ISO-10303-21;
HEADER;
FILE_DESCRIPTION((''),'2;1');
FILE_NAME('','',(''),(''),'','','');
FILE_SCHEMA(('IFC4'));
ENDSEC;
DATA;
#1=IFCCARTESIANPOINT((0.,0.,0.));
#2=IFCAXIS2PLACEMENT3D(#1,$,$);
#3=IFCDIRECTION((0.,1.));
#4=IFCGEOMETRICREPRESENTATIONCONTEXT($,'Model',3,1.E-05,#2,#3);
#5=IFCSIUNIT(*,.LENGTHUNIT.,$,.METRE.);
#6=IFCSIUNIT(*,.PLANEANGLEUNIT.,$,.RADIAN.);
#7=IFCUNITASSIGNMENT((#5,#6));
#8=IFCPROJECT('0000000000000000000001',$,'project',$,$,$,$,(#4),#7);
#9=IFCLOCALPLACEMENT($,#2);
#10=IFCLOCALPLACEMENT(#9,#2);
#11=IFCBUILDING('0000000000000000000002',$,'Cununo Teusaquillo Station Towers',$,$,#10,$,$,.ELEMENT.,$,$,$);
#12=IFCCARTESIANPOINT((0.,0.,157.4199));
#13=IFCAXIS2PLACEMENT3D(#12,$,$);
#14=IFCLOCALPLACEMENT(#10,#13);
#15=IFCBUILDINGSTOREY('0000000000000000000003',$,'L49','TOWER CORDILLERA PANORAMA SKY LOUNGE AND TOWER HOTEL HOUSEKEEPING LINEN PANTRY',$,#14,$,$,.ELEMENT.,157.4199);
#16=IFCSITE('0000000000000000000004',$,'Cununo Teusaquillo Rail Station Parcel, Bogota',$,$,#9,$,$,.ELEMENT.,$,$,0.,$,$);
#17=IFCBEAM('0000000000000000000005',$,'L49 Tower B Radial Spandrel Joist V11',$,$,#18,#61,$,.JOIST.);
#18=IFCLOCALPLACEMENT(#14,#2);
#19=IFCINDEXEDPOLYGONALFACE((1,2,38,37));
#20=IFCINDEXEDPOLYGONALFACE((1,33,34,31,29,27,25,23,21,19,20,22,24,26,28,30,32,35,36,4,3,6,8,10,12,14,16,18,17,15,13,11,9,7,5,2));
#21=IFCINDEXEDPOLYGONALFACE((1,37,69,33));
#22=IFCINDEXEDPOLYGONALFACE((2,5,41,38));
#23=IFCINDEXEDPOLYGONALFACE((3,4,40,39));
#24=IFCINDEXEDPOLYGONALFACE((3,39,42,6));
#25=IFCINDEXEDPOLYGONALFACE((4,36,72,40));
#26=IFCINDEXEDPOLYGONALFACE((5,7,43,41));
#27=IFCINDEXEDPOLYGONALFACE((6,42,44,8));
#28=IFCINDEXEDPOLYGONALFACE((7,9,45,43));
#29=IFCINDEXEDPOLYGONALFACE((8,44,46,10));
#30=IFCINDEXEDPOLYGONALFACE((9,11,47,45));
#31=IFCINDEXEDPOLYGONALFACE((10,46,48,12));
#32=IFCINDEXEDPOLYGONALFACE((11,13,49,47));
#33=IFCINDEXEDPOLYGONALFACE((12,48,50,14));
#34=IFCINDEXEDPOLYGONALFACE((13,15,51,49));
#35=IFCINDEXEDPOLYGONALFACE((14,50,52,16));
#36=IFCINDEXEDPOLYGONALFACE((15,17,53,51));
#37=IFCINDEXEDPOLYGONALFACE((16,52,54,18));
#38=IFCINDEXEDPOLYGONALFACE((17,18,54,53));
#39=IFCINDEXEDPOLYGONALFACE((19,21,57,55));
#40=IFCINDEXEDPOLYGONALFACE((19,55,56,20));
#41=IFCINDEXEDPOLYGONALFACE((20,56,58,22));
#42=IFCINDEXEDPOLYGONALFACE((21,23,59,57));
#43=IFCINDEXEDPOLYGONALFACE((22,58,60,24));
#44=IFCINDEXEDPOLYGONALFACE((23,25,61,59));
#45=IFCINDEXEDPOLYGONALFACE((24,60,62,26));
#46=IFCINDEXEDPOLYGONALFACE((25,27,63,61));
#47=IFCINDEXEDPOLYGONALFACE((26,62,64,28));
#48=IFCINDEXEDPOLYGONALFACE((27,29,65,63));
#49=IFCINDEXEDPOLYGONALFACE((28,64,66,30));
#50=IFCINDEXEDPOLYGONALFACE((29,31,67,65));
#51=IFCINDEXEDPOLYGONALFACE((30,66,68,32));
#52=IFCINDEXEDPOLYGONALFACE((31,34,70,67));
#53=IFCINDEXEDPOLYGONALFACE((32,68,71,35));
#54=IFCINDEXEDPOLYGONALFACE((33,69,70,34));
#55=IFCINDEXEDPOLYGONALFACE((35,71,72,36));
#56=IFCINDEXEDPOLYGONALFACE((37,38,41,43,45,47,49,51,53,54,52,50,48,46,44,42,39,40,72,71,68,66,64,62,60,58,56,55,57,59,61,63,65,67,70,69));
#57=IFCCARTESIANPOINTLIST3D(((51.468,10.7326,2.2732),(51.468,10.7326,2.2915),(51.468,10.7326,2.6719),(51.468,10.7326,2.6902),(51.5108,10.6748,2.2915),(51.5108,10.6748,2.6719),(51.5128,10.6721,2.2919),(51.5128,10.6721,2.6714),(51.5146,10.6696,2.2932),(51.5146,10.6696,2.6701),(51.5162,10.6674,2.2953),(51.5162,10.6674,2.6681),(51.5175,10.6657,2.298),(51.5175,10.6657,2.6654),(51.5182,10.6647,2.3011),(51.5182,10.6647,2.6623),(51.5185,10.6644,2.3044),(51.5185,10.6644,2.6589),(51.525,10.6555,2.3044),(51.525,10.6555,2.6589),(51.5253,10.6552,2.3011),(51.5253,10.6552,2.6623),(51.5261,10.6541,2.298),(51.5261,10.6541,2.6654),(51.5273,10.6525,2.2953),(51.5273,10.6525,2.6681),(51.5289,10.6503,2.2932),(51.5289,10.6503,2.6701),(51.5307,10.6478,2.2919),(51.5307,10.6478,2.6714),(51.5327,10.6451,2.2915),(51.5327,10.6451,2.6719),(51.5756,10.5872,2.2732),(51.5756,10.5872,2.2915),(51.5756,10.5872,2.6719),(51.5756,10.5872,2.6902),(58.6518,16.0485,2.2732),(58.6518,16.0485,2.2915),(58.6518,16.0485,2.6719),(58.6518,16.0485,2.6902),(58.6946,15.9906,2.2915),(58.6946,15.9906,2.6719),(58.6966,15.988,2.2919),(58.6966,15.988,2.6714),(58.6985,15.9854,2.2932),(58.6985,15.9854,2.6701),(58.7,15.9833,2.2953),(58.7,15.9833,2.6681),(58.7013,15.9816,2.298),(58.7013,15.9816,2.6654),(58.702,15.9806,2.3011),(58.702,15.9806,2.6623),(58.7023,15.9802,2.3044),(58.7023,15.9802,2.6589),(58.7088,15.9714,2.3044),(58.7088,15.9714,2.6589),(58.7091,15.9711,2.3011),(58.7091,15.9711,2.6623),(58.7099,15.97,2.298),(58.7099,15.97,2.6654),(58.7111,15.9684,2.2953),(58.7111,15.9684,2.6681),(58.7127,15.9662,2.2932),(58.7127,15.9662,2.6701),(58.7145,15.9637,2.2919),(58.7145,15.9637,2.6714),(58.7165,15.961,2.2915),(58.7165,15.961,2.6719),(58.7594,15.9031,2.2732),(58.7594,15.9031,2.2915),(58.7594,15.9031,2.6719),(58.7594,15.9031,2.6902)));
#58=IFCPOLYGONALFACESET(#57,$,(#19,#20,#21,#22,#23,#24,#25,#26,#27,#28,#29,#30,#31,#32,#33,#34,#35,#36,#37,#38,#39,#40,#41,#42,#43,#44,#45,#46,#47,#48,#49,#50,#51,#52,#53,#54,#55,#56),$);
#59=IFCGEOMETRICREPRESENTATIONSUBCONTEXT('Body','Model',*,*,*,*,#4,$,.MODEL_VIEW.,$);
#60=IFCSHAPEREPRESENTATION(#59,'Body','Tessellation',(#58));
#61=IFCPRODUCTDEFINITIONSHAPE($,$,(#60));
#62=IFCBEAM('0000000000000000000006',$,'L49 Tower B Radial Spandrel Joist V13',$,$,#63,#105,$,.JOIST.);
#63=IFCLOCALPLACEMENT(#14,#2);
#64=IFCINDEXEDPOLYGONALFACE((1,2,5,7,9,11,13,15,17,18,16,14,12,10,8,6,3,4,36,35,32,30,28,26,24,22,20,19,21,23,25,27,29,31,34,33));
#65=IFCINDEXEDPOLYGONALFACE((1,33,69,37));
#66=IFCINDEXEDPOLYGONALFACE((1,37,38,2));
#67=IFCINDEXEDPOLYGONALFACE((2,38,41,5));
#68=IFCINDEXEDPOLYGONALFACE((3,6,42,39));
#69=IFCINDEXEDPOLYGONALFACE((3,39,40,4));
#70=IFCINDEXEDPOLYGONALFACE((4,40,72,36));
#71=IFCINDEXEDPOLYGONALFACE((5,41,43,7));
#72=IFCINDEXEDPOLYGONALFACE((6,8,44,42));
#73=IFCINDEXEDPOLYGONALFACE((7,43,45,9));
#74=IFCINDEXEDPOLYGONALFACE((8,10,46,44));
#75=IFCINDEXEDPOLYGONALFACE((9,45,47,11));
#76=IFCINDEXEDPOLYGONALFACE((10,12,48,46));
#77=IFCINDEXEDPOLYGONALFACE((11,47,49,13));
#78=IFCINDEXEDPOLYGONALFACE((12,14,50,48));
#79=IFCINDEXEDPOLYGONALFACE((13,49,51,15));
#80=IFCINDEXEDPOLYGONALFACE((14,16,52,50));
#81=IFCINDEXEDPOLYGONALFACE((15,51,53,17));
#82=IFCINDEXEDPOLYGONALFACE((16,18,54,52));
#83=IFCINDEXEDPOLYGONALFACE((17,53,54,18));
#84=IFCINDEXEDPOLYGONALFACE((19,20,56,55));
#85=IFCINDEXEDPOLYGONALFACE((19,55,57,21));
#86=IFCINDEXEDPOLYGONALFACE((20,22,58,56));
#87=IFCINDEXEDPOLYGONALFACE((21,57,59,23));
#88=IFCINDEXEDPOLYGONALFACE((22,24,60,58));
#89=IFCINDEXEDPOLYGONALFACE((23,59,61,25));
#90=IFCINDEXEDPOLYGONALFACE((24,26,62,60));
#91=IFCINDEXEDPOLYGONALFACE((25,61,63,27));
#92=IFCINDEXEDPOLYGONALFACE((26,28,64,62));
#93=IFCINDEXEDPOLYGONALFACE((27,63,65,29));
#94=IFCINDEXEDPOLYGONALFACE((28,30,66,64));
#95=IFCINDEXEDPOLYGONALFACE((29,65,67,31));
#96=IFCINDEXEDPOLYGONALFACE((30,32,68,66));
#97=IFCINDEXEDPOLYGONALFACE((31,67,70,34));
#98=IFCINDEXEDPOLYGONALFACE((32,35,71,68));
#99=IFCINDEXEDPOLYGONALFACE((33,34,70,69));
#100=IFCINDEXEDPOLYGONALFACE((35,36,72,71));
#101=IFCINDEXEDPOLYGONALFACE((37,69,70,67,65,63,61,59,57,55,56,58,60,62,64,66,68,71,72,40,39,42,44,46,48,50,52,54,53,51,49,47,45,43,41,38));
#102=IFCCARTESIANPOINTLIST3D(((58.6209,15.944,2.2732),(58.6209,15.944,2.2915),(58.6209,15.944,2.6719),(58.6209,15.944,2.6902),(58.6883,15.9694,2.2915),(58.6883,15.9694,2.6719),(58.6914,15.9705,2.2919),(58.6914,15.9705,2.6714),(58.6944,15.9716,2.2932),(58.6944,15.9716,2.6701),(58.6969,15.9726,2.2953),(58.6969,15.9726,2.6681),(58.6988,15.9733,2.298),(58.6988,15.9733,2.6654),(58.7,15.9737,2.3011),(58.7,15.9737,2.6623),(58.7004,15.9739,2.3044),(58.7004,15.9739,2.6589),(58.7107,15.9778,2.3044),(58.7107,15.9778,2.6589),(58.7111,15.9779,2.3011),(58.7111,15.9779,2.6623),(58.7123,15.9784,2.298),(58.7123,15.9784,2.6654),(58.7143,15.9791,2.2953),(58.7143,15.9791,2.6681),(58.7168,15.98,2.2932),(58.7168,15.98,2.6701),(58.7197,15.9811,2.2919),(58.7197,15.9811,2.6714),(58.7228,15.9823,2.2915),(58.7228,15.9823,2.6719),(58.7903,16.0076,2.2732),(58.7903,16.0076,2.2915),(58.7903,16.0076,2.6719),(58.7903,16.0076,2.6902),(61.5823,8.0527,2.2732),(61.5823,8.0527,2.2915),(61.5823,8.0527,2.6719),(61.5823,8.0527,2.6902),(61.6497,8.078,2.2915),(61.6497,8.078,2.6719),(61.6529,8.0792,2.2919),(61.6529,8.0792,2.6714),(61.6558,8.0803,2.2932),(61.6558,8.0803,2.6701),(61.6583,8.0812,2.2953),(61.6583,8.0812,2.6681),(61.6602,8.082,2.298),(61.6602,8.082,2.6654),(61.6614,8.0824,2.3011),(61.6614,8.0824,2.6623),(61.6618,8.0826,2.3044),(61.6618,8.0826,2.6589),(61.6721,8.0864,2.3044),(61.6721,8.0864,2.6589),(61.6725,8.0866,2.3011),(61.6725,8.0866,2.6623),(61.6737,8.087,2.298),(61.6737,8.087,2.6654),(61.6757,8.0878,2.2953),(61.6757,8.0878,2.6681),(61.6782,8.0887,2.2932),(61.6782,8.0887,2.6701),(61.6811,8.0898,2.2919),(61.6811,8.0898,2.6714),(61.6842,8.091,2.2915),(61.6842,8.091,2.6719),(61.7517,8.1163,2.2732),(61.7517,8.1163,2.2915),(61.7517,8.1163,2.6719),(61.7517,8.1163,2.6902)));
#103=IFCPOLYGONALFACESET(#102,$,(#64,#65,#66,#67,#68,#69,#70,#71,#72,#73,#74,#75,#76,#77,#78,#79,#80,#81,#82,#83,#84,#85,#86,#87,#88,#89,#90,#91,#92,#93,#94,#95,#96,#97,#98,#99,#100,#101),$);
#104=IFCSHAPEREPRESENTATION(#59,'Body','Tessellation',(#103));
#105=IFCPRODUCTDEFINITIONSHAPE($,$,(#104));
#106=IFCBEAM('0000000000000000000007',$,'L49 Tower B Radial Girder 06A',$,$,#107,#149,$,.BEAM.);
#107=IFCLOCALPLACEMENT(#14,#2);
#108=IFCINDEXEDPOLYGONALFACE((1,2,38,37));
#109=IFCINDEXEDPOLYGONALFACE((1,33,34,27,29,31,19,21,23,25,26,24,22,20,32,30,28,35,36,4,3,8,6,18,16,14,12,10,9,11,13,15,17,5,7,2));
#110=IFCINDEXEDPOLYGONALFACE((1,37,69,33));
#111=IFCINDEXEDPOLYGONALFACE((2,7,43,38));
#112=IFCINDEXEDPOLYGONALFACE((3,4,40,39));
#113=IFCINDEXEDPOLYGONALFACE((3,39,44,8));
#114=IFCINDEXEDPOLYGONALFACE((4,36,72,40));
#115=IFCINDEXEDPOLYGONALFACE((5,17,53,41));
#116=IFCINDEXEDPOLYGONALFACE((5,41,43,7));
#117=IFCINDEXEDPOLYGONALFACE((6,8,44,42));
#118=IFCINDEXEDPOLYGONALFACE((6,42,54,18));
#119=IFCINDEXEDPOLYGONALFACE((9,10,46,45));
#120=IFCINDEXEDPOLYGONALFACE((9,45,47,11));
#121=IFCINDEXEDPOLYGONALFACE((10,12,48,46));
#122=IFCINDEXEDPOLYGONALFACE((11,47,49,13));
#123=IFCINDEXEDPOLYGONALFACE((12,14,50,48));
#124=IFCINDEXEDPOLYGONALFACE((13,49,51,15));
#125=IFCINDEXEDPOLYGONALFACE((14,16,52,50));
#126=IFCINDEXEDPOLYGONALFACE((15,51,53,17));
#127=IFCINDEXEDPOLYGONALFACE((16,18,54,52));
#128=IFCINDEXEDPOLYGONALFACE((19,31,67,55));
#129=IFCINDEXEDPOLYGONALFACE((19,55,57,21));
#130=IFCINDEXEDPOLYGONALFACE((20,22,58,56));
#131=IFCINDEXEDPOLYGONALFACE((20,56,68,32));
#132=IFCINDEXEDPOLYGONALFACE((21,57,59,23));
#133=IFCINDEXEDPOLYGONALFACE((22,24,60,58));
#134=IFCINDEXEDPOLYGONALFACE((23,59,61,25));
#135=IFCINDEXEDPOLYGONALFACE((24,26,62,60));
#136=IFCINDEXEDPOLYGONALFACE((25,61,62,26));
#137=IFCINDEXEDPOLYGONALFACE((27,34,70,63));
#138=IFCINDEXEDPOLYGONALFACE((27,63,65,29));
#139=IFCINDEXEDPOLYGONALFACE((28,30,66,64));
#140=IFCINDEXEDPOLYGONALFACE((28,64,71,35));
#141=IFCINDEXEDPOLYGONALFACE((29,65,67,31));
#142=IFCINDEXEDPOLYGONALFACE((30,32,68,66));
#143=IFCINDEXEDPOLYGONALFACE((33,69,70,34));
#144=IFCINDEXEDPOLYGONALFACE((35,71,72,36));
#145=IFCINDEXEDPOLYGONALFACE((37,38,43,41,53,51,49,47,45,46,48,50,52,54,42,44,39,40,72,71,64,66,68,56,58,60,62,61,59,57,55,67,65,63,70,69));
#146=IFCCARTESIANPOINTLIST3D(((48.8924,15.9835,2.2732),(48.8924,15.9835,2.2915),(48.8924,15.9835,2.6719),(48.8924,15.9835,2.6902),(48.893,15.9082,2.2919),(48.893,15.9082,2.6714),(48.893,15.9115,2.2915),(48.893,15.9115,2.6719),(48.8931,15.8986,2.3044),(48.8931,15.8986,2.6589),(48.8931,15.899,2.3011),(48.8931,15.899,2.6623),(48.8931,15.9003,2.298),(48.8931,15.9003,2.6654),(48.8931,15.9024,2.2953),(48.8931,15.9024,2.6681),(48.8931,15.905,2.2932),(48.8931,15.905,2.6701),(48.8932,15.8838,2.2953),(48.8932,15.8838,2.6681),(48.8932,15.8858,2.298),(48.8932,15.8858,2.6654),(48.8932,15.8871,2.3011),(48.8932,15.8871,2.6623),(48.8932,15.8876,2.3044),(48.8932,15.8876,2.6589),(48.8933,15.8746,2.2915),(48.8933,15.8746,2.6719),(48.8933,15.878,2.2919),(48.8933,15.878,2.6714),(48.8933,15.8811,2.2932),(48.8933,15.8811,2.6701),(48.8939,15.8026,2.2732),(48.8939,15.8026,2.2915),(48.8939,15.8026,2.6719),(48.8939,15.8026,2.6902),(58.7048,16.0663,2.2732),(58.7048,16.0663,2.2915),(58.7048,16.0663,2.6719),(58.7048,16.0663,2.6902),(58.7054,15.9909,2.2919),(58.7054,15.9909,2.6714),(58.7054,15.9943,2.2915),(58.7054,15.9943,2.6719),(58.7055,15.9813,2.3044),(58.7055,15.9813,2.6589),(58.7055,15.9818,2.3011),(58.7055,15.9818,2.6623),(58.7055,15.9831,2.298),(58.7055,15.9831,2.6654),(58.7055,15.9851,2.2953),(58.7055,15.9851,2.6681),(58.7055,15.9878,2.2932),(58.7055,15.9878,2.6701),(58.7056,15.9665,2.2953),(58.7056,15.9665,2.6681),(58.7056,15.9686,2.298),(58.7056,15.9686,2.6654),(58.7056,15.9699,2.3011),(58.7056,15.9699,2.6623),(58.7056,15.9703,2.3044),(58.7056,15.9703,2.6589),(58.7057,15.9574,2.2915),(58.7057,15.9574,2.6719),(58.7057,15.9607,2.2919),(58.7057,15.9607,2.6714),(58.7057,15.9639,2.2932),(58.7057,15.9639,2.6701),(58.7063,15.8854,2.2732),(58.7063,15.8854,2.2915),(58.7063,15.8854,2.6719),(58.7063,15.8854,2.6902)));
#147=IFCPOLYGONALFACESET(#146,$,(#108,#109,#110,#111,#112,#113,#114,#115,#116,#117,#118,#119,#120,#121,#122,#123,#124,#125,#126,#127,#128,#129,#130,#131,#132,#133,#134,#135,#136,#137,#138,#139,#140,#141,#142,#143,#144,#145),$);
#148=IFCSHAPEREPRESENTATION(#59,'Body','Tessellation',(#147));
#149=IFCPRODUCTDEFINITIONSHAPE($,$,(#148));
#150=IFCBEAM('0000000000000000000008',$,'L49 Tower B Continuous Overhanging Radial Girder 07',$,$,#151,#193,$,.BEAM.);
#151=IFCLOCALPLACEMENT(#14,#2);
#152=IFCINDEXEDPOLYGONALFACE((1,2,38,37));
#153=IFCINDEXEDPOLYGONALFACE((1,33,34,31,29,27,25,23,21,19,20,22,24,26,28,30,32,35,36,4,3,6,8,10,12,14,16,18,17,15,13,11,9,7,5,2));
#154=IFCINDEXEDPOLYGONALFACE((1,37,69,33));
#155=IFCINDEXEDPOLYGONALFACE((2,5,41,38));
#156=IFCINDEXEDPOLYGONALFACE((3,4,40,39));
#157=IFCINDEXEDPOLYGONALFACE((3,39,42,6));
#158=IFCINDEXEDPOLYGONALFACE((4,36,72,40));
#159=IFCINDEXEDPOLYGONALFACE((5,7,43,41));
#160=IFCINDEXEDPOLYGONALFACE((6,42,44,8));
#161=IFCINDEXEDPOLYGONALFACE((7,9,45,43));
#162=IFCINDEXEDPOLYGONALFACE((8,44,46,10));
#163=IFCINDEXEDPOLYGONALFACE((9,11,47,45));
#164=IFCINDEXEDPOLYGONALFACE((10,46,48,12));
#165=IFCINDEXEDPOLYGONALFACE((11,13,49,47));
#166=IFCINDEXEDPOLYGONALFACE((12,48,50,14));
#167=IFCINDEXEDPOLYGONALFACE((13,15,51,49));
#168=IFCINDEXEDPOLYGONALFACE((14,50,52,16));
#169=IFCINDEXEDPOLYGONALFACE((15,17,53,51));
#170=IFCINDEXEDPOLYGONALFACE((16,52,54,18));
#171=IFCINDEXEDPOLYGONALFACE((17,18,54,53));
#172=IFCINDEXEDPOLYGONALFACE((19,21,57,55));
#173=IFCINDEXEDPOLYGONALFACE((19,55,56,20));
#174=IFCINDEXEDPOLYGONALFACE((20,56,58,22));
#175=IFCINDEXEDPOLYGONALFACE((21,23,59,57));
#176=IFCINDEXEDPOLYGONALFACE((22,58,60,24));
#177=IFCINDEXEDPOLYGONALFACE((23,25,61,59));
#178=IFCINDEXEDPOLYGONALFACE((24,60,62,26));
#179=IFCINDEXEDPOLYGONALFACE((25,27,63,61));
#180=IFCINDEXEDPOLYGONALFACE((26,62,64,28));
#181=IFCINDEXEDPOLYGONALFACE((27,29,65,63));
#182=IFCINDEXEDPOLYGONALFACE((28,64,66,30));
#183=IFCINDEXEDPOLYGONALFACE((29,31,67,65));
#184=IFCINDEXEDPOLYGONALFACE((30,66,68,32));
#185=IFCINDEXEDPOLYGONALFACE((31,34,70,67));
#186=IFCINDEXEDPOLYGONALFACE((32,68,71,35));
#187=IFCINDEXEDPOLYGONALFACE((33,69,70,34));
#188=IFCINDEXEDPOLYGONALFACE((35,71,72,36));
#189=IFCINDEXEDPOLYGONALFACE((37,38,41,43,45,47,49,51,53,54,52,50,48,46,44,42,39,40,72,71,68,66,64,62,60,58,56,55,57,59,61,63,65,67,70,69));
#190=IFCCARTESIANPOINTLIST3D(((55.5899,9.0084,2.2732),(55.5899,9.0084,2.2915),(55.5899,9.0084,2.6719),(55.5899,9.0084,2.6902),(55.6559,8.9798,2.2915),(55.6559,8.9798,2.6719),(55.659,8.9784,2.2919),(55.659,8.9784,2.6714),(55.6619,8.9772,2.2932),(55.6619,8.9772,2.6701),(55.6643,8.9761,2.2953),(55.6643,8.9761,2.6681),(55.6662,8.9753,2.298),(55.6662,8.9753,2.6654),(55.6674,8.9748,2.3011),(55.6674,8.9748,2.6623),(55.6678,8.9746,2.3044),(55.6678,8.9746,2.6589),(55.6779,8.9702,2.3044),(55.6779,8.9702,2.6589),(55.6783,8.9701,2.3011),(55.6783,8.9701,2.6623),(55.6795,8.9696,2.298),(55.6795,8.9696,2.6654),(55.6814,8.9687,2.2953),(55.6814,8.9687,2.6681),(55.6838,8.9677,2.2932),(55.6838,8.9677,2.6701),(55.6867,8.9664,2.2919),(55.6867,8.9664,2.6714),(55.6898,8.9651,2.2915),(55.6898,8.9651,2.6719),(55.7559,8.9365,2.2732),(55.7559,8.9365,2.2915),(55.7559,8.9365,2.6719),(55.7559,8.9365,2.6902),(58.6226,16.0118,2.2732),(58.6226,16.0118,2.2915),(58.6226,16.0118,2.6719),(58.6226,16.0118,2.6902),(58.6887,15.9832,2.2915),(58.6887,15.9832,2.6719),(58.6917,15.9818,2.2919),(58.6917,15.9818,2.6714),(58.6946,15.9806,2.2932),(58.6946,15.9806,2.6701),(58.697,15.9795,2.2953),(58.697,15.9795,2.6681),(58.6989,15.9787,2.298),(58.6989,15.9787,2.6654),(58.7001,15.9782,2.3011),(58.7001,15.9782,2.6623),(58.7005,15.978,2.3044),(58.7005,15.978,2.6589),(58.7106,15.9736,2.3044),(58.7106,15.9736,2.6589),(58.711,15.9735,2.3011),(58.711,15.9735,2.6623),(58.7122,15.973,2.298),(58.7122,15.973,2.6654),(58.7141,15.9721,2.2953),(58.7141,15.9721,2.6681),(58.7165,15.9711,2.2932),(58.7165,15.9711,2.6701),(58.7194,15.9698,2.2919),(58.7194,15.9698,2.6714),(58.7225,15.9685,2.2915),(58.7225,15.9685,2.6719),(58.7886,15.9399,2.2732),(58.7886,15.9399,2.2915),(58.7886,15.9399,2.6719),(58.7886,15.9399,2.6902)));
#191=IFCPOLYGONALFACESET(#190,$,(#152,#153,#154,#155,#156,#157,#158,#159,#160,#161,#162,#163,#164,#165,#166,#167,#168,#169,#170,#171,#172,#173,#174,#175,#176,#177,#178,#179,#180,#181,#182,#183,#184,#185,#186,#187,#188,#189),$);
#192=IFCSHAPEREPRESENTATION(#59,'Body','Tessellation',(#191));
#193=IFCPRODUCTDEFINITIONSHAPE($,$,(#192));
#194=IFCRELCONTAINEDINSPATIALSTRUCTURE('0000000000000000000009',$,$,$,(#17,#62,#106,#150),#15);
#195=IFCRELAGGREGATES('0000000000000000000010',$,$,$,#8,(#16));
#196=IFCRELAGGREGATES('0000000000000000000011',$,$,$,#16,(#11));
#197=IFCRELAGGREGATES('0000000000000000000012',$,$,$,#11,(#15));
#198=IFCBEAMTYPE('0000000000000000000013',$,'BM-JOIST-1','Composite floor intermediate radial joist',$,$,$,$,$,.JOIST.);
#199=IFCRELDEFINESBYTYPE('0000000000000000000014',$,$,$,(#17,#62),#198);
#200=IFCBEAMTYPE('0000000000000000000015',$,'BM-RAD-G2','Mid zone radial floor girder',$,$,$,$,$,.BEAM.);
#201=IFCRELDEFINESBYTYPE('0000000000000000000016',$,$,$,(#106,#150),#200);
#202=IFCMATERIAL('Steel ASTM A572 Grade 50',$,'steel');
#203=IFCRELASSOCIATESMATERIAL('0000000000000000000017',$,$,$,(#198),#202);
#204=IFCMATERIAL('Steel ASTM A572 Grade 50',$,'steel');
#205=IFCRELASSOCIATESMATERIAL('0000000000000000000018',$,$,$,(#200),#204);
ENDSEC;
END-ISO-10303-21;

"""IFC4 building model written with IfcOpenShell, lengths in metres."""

from ifc_helpers import new_model, si_unit, direction, frame, origin, origin_2d, place, context, subcontext, project, spatial, i_section, extrude, material, material_profile, profile_set, type_object, element, save


model = new_model("IFC4")

# Units and contexts
model_context = context("Model", 3, precision=1e-05, world=origin(), true_north=direction((0.0, 1.0)))
body_context = subcontext(model_context, "Body", "Model", "MODEL_VIEW")
ifc_project = project(units=[si_unit("LENGTHUNIT", "METRE"), si_unit("PLANEANGLEUNIT", "RADIAN")], contexts=[model_context])

# Site, building, storey
site_placement = place(None, origin())
site = spatial("IfcSite", under=ifc_project, at=site_placement, Name="Cununo Teusaquillo Rail Station Parcel, Bogota", CompositionType="ELEMENT", RefElevation=0.0)
building_placement = place(site_placement, origin())
building = spatial("IfcBuilding", under=site, at=building_placement, Name="Cununo Teusaquillo Station Towers", CompositionType="ELEMENT")
storey_placement = place(building_placement, frame((0.0, 0.0, 157.4199)))
storey = spatial("IfcBuildingStorey", under=building, at=storey_placement, Name="L49", Description="TOWER CORDILLERA PANORAMA SKY LOUNGE AND TOWER HOTEL HOUSEKEEPING LINEN PANTRY", CompositionType="ELEMENT", Elevation=157.4199)

# Beams
ifc_material_1 = material(Name="Steel ASTM A572 Grade 50", Category="steel")
ifc_material_profile_1 = material_profile(ifc_material_1, i_section(OverallWidth=0.1809, OverallDepth=0.417, WebThickness=0.011, FlangeThickness=0.0183, FilletRadius=0.0129, at=origin_2d()), Name="W16X57")
ifc_profile_set_1 = profile_set([ifc_material_profile_1], Name="Steel ASTM A572 Grade 50")
beam_type_1 = type_object("IfcBeamType", Name="BM-JOIST-1", Description="Composite floor intermediate radial joist", PredefinedType="JOIST", material=ifc_profile_set_1)
beam_1_placement = place(storey_placement, frame((58.7056, 15.9758, 2.4817), z_axis=(-0.803848, -0.594834, 0.0), x_axis=(0.594834, -0.803848, 0.0)))
element("IfcBeam", 1, at=beam_1_placement, inside=storey, type_object=beam_type_1, Name="L49 Tower B Radial Spandrel Joist V11", PredefinedType="JOIST", context=body_context, shape_type="SweptSolid", body=[
    extrude(i_section(OverallWidth=0.1809, OverallDepth=0.417, WebThickness=0.011, FlangeThickness=0.0183, FilletRadius=0.0129, at=origin_2d()), origin(), (0.0, 0.0, 1.0), 8.9368),
])
beam_2_placement = place(storey_placement, frame((58.7056, 15.9758, 2.4817), z_axis=(0.351349, -0.936245, 0.0), x_axis=(0.936245, 0.351349, 0.0)))
element("IfcBeam", 2, at=beam_2_placement, inside=storey, type_object=beam_type_1, Name="L49 Tower B Radial Spandrel Joist V13", PredefinedType="JOIST", context=body_context, shape_type="SweptSolid", body=[
    extrude(i_section(OverallWidth=0.1809, OverallDepth=0.417, WebThickness=0.011, FlangeThickness=0.0183, FilletRadius=0.0129, at=origin_2d()), origin(), (0.0, 0.0, 1.0), 8.4287),
])
ifc_material_2 = material(Name="Steel ASTM A572 Grade 50", Category="steel")
ifc_material_profile_2 = material_profile(ifc_material_2, i_section(OverallWidth=0.1809, OverallDepth=0.417, WebThickness=0.011, FlangeThickness=0.0183, FilletRadius=0.0129, at=origin_2d()), Name="W16X57")
ifc_profile_set_2 = profile_set([ifc_material_profile_2], Name="Steel ASTM A572 Grade 50")
beam_type_2 = type_object("IfcBeamType", Name="BM-RAD-G2", Description="Mid zone radial floor girder", PredefinedType="BEAM", material=ifc_profile_set_2)
beam_3_placement = place(storey_placement, frame((58.7056, 15.9758, 2.4817), z_axis=(-0.999964, -0.008434, 0.0), x_axis=(0.008434, -0.999964, 0.0)))
element("IfcBeam", 3, at=beam_3_placement, inside=storey, type_object=beam_type_2, Name="L49 Tower B Radial Girder 06A", PredefinedType="BEAM", context=body_context, shape_type="SweptSolid", body=[
    extrude(i_section(OverallWidth=0.1809, OverallDepth=0.417, WebThickness=0.011, FlangeThickness=0.0183, FilletRadius=0.0129, at=origin_2d()), origin(), (0.0, 0.0, 1.0), 9.8127),
])
beam_4_placement = place(storey_placement, frame((58.7056, 15.9758, 2.4817), z_axis=(-0.397376, -0.917656, 0.0), x_axis=(0.917656, -0.397376, 0.0)))
element("IfcBeam", 4, at=beam_4_placement, inside=storey, type_object=beam_type_2, Name="L49 Tower B Continuous Overhanging Radial Girder 07", PredefinedType="BEAM", context=body_context, shape_type="SweptSolid", body=[
    extrude(i_section(OverallWidth=0.1809, OverallDepth=0.417, WebThickness=0.011, FlangeThickness=0.0183, FilletRadius=0.0129, at=origin_2d()), origin(), (0.0, 0.0, 1.0), 7.6318),
])

save(model, "model.ifc")
